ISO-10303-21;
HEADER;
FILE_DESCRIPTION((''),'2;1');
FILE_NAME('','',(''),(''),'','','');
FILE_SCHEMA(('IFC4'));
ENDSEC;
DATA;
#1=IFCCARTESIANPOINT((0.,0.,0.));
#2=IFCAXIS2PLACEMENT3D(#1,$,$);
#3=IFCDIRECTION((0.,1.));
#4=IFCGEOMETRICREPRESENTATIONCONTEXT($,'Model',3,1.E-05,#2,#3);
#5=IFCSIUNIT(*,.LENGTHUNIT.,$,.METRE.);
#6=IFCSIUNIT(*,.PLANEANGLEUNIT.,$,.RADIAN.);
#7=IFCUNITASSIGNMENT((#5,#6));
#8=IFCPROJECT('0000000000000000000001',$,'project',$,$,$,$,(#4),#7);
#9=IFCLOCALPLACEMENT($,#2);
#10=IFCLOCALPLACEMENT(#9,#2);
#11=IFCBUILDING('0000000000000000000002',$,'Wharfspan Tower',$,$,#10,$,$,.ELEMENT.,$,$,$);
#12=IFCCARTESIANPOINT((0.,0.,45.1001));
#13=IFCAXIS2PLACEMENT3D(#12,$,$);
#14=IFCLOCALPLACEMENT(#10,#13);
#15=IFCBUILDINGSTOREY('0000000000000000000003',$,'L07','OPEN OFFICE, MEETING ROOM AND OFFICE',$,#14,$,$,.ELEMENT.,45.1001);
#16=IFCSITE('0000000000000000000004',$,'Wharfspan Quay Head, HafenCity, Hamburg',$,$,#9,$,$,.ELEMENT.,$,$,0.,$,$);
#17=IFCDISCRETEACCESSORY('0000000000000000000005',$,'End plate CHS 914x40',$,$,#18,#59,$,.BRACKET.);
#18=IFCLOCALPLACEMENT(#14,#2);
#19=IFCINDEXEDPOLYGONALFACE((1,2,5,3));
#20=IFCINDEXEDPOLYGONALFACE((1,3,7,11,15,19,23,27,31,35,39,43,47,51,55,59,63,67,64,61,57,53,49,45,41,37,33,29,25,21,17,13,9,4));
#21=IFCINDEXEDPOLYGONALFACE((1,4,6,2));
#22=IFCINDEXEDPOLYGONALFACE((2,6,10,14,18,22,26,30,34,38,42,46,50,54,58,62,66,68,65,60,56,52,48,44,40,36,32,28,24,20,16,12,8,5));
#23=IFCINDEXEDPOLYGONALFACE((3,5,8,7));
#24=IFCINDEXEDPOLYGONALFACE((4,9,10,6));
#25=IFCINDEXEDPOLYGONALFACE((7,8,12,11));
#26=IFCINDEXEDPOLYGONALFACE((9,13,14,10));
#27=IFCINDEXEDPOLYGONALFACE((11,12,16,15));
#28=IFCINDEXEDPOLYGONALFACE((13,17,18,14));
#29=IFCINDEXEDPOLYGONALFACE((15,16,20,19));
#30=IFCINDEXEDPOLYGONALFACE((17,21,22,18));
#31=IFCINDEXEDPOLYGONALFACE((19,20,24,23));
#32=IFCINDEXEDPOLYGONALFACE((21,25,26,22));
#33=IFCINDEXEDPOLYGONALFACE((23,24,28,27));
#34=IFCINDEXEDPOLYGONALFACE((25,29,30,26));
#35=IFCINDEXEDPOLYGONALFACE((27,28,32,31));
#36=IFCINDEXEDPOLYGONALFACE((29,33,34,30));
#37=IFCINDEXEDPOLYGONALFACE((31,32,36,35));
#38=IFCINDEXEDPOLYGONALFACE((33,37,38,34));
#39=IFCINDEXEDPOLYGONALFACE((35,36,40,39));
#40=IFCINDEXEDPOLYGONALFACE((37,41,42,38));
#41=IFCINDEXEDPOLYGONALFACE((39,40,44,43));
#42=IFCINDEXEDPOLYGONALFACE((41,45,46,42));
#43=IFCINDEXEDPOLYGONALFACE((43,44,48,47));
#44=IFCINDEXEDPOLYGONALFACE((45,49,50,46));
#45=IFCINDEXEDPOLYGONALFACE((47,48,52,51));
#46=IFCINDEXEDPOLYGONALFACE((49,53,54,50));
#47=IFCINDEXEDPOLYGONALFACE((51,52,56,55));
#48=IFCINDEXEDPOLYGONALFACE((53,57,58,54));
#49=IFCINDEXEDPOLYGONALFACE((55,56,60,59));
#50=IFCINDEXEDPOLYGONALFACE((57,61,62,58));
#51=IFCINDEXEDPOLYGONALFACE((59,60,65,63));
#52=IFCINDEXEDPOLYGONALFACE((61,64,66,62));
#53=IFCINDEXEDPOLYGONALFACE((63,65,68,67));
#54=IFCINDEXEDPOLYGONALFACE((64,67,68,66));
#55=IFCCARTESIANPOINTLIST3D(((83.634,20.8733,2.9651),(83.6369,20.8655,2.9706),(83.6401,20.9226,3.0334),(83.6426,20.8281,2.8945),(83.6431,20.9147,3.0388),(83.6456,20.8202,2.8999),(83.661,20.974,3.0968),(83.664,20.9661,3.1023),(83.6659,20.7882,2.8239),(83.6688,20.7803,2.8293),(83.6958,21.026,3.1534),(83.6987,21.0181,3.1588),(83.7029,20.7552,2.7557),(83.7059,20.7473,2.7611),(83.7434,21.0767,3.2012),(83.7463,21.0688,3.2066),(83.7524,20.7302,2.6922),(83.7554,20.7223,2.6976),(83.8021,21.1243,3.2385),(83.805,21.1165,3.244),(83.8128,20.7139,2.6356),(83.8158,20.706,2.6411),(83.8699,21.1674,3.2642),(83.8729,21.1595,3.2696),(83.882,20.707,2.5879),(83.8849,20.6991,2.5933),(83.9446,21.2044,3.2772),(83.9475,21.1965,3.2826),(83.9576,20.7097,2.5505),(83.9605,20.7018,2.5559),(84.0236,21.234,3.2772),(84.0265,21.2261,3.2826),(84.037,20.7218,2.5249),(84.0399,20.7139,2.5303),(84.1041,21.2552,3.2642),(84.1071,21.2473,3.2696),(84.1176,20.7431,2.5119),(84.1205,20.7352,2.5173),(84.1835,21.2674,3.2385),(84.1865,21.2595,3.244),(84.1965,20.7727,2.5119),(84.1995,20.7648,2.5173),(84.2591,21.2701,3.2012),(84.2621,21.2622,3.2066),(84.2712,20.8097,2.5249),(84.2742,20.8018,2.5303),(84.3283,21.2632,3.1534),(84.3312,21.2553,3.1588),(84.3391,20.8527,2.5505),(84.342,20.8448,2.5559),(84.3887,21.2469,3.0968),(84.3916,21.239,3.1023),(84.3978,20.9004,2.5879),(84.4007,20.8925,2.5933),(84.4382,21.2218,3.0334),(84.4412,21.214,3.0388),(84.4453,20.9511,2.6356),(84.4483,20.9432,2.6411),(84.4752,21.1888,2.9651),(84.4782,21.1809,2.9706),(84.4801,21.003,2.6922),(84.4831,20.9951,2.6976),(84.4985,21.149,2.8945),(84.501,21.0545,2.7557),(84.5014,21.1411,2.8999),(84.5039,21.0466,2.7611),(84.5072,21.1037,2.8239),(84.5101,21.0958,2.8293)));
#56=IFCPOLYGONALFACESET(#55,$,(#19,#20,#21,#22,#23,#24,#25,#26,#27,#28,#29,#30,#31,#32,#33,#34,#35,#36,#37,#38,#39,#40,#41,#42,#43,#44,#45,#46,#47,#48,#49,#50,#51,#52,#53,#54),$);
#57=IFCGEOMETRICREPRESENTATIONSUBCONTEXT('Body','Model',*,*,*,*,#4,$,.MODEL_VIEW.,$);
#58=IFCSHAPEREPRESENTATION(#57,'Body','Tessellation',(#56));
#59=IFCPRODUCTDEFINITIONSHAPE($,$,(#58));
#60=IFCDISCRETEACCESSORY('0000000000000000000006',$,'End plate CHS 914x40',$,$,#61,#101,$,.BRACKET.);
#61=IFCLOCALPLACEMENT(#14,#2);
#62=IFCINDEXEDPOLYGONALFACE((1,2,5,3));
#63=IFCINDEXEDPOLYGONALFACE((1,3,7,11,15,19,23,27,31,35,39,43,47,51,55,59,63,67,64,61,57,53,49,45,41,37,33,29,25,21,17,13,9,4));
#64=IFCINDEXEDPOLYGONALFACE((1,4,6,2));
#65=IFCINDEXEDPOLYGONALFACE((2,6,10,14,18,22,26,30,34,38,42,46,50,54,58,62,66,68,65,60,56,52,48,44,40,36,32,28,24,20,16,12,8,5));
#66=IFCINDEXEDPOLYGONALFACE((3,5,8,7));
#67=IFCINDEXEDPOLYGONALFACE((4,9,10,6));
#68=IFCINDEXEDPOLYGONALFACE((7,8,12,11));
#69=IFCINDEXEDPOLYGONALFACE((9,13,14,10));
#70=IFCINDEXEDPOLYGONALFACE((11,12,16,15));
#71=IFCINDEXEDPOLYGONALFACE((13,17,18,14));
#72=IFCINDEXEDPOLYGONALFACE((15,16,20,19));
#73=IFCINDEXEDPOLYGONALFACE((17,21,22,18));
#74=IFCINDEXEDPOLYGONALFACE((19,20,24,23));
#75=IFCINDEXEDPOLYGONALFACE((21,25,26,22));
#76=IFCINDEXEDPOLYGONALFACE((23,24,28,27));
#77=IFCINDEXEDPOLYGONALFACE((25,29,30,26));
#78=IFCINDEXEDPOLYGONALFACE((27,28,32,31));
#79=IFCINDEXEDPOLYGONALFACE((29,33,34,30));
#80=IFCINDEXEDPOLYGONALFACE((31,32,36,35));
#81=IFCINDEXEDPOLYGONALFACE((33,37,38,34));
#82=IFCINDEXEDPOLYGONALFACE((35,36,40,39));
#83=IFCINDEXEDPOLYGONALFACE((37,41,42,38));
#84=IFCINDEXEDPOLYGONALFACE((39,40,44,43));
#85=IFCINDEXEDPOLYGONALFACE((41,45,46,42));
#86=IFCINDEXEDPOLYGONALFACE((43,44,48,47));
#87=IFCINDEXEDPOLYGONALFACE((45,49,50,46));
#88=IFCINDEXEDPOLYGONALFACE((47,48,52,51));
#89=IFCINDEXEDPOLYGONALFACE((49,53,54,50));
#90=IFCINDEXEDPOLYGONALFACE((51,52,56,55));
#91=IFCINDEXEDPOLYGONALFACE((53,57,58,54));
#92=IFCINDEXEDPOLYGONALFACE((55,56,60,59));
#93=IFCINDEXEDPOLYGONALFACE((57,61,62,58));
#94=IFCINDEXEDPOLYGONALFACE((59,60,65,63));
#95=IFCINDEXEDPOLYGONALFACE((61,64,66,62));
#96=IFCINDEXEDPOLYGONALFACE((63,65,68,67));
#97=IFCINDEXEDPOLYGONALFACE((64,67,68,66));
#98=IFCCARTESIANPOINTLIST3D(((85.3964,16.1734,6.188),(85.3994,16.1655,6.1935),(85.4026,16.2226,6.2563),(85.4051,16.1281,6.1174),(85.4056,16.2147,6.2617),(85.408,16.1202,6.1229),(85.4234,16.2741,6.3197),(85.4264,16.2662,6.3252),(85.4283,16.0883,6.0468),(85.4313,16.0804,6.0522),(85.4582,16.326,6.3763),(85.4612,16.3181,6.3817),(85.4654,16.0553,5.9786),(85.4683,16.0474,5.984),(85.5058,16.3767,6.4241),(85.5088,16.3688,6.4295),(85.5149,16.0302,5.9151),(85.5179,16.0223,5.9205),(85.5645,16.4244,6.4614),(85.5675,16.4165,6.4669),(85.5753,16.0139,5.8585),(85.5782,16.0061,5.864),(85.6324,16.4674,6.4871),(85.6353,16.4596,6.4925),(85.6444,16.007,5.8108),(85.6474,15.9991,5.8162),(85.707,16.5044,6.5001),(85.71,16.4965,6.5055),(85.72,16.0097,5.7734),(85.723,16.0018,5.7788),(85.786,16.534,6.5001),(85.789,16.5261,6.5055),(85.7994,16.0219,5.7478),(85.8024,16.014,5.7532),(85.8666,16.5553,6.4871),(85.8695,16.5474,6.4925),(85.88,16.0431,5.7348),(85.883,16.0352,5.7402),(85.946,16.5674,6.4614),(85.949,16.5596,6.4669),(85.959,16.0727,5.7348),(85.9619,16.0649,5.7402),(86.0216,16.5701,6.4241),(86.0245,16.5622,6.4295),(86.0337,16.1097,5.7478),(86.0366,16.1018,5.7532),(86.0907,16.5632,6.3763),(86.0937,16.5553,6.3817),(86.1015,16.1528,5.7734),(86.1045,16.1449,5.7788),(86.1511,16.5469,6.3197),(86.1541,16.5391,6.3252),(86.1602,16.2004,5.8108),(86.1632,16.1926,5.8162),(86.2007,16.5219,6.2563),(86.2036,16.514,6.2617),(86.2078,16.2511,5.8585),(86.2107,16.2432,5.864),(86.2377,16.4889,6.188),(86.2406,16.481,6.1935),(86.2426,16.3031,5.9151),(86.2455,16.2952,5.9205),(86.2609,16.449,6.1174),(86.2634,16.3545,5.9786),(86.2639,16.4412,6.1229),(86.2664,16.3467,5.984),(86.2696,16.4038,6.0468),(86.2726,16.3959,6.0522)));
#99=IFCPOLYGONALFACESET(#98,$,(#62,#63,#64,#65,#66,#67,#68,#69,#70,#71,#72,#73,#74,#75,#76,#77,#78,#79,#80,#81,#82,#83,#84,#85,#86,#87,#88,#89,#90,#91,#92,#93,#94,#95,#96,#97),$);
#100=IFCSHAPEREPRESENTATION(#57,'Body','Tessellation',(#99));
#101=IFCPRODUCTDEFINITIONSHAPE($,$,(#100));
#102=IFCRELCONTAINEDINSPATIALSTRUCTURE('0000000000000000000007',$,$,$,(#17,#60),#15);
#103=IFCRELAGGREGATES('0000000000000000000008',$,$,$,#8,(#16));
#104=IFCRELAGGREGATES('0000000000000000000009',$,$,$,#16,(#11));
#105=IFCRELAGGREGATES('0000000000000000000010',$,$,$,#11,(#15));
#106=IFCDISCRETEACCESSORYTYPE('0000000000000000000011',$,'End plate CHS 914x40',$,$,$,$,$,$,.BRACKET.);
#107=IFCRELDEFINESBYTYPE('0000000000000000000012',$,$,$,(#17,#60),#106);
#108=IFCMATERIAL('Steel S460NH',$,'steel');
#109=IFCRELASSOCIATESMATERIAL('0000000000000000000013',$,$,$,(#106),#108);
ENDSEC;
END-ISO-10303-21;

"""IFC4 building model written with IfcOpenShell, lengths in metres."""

from ifc_helpers import new_model, si_unit, direction, frame, origin, origin_2d, place, context, subcontext, project, spatial, circle, extrude, material, material_profile, profile_set, type_object, element, save


model = new_model("IFC4")

# Units and contexts
model_context = context("Model", 3, precision=1e-05, world=origin(), true_north=direction((0.0, 1.0)))
body_context = subcontext(model_context, "Body", "Model", "MODEL_VIEW")
ifc_project = project(units=[si_unit("LENGTHUNIT", "METRE"), si_unit("PLANEANGLEUNIT", "RADIAN")], contexts=[model_context])

# Site, building, storey
site_placement = place(None, origin())
site = spatial("IfcSite", under=ifc_project, at=site_placement, Name="Wharfspan Quay Head, HafenCity, Hamburg", CompositionType="ELEMENT", RefElevation=0.0)
building_placement = place(site_placement, origin())
building = spatial("IfcBuilding", under=site, at=building_placement, Name="Wharfspan Tower", CompositionType="ELEMENT")
storey_placement = place(building_placement, frame((0.0, 0.0, 45.1001)))
storey = spatial("IfcBuildingStorey", under=building, at=storey_placement, Name="L07", Description="OPEN OFFICE, MEETING ROOM AND OFFICE", CompositionType="ELEMENT", Elevation=45.1001)

# Shared definitions
ifc_material_1 = material(Name="Steel S460NH", Category="steel")

# Discrete accessories
ifc_material_profile_1 = material_profile(ifc_material_1, circle(Radius=0.457, at=origin_2d()))
ifc_profile_set_1 = profile_set([ifc_material_profile_1], Name="Steel S460NH")
discrete_accessory_type = type_object("IfcDiscreteAccessoryType", Name="End plate CHS 914x40", PredefinedType="BRACKET", material=ifc_profile_set_1)
for number, where, z_axis, x_axis, name in (
    (1, (84.0706, 20.9885, 2.8945), (0.295241, -0.787309, 0.541275), (0.936333, 0.351125, 0.0), "End plate CHS 914x40"),
    (2, (85.833, 16.2886, 6.1174), (0.295241, -0.787309, 0.541275), (0.936333, 0.351125, 0.0), "End plate CHS 914x40"),
):
    element("IfcDiscreteAccessory", number, at=place(storey_placement, frame(where, z_axis=z_axis, x_axis=x_axis)), inside=storey, type_object=discrete_accessory_type, Name=name, PredefinedType="BRACKET", context=body_context, shape_type="SweptSolid", body=[
        extrude(circle(Radius=0.457, at=origin_2d()), origin(), (0.0, 0.0, 1.0), 0.01),
    ])

save(model, "model.ifc")
